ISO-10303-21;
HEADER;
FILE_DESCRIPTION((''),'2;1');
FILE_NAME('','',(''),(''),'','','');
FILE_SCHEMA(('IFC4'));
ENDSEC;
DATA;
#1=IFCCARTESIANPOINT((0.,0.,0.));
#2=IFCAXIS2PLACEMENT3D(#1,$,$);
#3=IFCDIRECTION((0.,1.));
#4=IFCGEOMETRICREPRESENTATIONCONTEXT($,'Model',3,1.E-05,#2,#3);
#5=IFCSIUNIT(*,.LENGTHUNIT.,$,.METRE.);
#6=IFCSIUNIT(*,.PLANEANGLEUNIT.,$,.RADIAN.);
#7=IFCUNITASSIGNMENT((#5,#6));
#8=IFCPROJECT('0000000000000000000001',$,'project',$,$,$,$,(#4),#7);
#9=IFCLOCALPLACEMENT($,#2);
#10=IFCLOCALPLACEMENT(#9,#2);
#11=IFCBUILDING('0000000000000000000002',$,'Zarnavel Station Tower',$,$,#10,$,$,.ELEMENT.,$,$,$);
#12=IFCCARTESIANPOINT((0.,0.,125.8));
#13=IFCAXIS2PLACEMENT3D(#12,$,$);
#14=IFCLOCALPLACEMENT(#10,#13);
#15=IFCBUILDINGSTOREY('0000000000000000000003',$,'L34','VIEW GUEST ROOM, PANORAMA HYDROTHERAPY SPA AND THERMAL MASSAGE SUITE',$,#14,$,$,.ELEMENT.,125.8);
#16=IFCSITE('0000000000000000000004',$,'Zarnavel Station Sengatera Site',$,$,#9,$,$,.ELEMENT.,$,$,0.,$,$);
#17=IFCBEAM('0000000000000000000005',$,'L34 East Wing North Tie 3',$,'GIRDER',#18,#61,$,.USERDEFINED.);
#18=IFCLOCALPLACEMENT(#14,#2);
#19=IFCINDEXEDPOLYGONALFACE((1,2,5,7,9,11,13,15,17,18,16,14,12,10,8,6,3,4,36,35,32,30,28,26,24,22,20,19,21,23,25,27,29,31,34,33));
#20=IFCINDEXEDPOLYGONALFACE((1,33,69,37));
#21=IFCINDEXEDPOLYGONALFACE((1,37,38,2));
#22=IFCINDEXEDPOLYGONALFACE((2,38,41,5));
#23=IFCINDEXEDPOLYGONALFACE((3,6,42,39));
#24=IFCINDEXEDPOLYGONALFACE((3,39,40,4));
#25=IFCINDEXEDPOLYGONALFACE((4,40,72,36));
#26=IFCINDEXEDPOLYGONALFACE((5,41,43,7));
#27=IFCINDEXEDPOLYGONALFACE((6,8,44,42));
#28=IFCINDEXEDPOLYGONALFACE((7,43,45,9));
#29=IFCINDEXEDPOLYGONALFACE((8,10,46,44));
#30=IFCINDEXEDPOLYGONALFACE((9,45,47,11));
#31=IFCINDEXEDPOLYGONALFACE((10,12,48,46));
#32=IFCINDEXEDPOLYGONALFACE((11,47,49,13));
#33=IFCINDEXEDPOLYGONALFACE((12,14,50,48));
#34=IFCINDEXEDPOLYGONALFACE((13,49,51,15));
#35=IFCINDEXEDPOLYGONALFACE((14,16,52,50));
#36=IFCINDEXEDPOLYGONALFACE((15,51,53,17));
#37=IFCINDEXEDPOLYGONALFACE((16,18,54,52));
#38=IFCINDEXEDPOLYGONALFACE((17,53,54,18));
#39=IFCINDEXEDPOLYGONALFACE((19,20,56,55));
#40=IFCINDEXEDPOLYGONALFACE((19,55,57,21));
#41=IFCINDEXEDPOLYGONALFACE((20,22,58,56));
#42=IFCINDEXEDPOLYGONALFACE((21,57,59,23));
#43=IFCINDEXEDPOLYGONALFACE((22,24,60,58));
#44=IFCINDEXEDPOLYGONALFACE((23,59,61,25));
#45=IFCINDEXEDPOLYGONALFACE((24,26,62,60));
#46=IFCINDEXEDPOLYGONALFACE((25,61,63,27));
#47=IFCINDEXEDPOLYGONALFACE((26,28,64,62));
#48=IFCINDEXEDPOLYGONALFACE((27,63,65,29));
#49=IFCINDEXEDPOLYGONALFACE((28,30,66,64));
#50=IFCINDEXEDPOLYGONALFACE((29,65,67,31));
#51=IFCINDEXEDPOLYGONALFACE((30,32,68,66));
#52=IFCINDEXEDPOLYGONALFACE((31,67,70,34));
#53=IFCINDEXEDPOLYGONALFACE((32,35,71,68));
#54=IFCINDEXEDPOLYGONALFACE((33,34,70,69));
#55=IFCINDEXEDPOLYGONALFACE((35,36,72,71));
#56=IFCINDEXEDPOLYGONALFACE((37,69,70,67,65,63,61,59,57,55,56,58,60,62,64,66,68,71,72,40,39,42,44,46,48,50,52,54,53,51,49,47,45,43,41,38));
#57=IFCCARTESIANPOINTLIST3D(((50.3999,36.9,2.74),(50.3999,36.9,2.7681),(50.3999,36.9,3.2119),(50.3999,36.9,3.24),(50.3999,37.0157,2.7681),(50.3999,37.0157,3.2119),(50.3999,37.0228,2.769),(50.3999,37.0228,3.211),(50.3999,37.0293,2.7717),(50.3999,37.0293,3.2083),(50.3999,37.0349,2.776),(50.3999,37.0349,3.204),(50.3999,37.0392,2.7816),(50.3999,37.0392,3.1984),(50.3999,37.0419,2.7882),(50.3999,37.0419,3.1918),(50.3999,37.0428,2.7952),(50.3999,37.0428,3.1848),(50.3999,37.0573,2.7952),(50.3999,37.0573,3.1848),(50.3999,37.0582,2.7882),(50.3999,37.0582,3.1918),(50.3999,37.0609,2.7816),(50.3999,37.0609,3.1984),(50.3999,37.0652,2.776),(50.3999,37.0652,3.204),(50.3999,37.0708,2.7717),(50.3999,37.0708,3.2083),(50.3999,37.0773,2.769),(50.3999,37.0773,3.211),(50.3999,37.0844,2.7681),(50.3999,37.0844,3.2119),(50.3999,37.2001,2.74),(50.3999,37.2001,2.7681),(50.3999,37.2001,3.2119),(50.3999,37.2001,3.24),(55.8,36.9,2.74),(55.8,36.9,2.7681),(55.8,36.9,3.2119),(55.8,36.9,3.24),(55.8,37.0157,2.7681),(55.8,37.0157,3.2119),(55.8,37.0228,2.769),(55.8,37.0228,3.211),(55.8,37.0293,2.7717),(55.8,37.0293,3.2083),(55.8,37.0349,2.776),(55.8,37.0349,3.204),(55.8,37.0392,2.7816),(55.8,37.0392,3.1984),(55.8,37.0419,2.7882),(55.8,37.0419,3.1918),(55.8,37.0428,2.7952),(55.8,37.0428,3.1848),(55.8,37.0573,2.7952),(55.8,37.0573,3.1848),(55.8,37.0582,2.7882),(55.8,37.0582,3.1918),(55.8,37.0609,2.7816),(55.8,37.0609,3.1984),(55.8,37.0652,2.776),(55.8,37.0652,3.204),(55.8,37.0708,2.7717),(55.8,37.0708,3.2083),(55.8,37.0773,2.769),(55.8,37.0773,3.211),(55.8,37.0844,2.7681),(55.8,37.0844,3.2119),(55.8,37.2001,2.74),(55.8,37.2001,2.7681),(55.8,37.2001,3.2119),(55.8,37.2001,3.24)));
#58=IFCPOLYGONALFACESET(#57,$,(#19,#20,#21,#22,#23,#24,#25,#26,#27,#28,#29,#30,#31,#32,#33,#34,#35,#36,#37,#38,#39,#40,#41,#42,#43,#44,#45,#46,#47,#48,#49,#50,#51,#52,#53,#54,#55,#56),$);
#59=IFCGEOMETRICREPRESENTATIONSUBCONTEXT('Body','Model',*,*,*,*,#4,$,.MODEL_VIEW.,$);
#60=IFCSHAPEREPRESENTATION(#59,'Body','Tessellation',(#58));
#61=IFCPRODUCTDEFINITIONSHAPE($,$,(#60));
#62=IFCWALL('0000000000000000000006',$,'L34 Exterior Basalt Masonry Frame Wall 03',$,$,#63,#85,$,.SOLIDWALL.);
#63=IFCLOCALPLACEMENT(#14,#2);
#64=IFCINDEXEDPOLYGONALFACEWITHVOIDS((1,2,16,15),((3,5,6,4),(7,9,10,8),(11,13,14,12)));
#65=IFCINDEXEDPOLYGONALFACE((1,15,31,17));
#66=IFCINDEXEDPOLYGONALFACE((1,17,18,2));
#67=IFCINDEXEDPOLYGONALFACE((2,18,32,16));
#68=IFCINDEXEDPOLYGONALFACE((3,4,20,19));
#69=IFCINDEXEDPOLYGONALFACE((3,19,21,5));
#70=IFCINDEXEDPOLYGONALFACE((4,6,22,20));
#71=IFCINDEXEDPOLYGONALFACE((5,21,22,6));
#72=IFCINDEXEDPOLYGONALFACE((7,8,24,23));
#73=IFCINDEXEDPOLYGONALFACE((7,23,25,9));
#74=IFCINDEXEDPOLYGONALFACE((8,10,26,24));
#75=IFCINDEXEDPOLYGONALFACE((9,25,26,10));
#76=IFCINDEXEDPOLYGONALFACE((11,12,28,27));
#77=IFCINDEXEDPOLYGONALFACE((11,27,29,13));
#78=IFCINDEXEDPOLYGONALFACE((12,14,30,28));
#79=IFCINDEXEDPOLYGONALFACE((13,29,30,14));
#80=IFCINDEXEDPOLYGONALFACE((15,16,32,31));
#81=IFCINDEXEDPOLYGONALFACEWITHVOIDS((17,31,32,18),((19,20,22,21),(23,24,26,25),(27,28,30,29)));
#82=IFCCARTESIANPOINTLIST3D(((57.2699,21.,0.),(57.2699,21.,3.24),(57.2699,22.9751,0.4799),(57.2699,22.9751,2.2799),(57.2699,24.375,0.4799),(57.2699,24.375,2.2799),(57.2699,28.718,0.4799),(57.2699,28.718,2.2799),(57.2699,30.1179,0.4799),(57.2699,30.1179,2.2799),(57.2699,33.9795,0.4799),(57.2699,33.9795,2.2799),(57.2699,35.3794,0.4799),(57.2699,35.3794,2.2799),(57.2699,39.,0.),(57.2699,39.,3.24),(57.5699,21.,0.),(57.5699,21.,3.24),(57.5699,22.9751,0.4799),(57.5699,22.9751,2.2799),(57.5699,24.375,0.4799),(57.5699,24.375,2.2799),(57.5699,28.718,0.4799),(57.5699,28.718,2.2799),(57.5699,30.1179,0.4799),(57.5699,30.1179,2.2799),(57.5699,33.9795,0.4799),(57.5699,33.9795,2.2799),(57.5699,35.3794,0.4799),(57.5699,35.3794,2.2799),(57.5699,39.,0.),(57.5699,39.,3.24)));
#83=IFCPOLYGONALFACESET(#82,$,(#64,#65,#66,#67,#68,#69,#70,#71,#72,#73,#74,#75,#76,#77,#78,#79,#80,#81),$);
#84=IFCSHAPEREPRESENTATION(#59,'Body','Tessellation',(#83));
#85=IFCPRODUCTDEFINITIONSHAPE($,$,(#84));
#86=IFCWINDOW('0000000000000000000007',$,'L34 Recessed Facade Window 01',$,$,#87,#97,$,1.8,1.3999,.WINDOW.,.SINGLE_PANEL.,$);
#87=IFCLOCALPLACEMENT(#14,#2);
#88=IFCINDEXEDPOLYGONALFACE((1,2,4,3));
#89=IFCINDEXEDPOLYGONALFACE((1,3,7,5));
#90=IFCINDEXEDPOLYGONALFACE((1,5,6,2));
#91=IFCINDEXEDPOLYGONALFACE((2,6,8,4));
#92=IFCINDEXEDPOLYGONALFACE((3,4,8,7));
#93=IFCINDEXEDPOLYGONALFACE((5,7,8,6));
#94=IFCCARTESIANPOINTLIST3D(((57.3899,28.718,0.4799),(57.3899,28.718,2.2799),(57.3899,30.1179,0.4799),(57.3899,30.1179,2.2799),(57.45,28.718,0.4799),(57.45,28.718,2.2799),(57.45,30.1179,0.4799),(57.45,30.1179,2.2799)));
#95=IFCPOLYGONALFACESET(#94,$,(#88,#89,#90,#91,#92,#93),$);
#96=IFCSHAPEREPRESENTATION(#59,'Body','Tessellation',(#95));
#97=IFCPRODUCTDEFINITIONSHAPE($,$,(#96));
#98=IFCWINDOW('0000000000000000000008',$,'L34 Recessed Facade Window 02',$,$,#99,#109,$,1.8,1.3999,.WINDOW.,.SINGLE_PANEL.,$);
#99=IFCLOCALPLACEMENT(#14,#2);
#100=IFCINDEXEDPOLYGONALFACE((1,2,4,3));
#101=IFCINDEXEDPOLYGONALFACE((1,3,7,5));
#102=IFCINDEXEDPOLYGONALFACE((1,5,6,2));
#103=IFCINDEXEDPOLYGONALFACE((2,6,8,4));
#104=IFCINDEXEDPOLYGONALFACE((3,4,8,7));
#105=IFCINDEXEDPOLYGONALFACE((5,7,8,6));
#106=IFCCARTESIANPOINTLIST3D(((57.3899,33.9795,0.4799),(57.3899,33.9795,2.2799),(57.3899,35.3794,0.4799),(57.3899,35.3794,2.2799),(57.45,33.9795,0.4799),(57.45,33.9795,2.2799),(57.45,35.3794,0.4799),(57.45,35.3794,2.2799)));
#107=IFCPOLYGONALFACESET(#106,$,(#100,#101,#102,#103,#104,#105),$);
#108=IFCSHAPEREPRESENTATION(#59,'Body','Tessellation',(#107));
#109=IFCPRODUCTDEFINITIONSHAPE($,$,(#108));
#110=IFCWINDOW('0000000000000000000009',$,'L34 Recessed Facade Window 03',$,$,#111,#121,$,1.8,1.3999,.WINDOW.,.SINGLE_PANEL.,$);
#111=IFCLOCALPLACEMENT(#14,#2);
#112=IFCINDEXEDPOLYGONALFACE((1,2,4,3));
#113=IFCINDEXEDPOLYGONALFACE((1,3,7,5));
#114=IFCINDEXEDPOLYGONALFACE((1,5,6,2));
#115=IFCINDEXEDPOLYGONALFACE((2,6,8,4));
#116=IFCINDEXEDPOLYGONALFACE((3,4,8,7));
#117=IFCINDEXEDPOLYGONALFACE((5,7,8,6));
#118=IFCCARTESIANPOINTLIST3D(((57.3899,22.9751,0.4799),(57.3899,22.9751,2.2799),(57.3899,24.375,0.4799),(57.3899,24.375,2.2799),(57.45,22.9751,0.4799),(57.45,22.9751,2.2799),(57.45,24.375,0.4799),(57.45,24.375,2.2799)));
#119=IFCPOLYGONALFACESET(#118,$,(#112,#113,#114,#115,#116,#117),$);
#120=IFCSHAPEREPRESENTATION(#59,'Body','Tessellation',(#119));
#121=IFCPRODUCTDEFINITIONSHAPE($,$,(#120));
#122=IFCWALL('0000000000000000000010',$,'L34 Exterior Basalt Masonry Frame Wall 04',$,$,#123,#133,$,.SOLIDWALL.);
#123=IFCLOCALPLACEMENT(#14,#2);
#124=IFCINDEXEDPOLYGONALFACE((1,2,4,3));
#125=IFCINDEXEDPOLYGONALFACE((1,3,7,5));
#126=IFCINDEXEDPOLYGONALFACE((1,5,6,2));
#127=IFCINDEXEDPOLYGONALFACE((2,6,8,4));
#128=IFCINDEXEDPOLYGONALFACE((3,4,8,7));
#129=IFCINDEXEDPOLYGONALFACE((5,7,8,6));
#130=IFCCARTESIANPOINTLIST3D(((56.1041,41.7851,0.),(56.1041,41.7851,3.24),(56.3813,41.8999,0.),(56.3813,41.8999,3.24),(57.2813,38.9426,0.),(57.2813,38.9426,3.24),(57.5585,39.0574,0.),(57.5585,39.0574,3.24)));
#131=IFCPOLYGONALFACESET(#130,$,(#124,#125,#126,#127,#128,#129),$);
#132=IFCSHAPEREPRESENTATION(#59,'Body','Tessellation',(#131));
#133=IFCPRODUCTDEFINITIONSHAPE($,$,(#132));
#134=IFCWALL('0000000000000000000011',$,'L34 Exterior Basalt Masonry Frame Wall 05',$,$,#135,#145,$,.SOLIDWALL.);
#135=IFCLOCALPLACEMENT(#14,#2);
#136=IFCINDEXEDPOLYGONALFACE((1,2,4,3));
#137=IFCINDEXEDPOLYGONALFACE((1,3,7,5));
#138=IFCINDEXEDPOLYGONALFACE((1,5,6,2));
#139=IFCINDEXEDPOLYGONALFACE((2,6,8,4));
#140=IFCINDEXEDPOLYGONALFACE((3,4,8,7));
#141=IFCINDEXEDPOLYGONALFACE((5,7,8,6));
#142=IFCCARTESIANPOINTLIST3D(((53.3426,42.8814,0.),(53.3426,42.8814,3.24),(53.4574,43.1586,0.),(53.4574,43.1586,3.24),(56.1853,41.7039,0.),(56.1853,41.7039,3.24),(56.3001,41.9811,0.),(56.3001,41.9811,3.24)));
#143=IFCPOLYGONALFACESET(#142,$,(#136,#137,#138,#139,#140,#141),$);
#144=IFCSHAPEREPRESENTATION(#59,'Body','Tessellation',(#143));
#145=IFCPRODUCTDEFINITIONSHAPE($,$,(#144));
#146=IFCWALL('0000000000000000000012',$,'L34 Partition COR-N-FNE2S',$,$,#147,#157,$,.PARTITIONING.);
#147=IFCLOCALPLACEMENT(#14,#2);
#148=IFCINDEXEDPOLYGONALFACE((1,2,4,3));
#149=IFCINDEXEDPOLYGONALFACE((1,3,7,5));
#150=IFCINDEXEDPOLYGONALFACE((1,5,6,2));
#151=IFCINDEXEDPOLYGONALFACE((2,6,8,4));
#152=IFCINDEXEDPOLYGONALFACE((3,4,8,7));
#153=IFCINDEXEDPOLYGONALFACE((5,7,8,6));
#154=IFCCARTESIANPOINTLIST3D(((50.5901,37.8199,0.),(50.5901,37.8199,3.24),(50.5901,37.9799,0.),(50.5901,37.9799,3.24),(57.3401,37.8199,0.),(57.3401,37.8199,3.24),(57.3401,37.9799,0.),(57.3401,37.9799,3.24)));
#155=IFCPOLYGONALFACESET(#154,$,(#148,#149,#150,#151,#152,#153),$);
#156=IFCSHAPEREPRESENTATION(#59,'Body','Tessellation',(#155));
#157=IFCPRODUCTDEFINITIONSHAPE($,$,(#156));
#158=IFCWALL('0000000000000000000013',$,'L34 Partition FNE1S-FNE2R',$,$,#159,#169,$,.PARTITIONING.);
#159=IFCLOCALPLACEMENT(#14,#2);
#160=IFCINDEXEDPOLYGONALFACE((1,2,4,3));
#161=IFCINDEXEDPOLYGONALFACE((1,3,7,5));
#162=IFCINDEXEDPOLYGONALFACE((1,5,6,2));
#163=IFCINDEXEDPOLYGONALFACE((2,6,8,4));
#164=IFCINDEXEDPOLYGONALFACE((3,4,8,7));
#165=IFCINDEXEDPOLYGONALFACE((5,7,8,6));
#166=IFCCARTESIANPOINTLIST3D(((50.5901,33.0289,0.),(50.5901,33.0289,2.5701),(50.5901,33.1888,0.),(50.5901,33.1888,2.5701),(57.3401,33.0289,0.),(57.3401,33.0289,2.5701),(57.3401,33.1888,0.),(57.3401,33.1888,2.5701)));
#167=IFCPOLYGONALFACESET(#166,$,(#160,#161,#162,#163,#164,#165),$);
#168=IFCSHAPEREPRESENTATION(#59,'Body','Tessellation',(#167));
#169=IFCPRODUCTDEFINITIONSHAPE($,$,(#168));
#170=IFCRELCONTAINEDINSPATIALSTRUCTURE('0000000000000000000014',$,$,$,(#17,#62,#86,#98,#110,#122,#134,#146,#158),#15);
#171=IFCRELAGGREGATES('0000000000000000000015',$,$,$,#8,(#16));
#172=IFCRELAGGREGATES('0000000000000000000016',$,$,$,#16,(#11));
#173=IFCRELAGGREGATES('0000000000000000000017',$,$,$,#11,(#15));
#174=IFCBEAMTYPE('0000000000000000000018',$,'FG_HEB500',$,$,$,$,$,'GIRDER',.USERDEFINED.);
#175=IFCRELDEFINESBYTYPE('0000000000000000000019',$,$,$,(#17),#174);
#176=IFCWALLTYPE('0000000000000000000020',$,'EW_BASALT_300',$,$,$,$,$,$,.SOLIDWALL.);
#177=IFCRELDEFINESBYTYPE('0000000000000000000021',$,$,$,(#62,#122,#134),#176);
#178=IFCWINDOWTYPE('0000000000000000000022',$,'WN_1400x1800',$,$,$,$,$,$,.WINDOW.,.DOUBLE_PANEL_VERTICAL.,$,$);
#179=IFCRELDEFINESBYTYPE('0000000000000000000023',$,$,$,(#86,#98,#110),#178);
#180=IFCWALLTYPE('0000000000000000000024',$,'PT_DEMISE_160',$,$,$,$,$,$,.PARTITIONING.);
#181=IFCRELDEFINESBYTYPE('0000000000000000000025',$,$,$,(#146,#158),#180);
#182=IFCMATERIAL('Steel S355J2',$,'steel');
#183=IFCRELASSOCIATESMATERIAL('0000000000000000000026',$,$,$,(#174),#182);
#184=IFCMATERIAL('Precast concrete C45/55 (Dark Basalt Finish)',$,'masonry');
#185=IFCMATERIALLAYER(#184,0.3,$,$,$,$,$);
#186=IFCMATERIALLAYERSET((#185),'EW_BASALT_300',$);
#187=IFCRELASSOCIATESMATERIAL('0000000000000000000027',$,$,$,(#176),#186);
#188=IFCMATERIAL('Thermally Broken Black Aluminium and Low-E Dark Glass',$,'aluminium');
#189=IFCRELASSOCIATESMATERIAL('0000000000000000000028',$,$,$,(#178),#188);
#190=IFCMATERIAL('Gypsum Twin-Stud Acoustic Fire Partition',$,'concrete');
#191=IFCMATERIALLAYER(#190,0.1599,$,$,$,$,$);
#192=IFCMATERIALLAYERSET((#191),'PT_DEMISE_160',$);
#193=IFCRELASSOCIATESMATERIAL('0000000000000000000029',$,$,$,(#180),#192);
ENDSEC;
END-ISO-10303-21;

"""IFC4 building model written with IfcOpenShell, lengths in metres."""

from ifc_helpers import new_model, si_unit, direction, frame, frame_2d, origin, origin_2d, place, context, subcontext, project, spatial, rectangle, i_section, extrude, material, layer, layer_set, material_profile, profile_set, type_object, element, fill, save


model = new_model("IFC4")

# Units and contexts
model_context = context("Model", 3, precision=1e-05, world=origin(), true_north=direction((0.0, 1.0)))
body_context = subcontext(model_context, "Body", "Model", "MODEL_VIEW")
ifc_project = project(units=[si_unit("LENGTHUNIT", "METRE"), si_unit("PLANEANGLEUNIT", "RADIAN")], contexts=[model_context])

# Site, building, storey
site_placement = place(None, origin())
site = spatial("IfcSite", under=ifc_project, at=site_placement, Name="Zarnavel Station Sengatera Site", CompositionType="ELEMENT", RefElevation=0.0)
building_placement = place(site_placement, origin())
building = spatial("IfcBuilding", under=site, at=building_placement, Name="Zarnavel Station Tower", CompositionType="ELEMENT")
storey_placement = place(building_placement, frame((0.0, 0.0, 125.8)))
storey = spatial("IfcBuildingStorey", under=building, at=storey_placement, Name="L34", Description="VIEW GUEST ROOM, PANORAMA HYDROTHERAPY SPA AND THERMAL MASSAGE SUITE", CompositionType="ELEMENT", Elevation=125.8)

# Beam
ifc_material_1 = material(Name="Steel S355J2", Category="steel")
ifc_material_profile_1 = material_profile(ifc_material_1, i_section(OverallWidth=0.3, OverallDepth=0.5, WebThickness=0.0144, FlangeThickness=0.0281, FilletRadius=0.0271, at=origin_2d()), Name="HEB500")
ifc_profile_set_1 = profile_set([ifc_material_profile_1], Name="Steel S355J2")
beam_type = type_object("IfcBeamType", Name="FG_HEB500", ElementType="GIRDER", PredefinedType="USERDEFINED", material=ifc_profile_set_1)
beam_1_placement = place(storey_placement, frame((50.3999, 37.05, 2.99), z_axis=(1.0, 0.0, 0.0), x_axis=(0.0, 1.0, 0.0)))
element("IfcBeam", 1, at=beam_1_placement, inside=storey, type_object=beam_type, Name="L34 East Wing North Tie 3", ObjectType="GIRDER", PredefinedType="USERDEFINED", context=body_context, shape_type="SweptSolid", body=[
    extrude(i_section(OverallWidth=0.3, OverallDepth=0.5, WebThickness=0.0144, FlangeThickness=0.0281, FilletRadius=0.0271, at=origin_2d()), origin(), (0.0, 0.0, 1.0), 5.4001),
])

# Wall, openings, windows
ifc_material_2 = material(Name="Precast concrete C45/55 (Dark Basalt Finish)", Category="masonry")
ifc_layer_1 = layer(ifc_material_2, 0.3)
ifc_layer_set_1 = layer_set([ifc_layer_1], Name="EW_BASALT_300")
wall_type_1 = type_object("IfcWallType", Name="EW_BASALT_300", PredefinedType="SOLIDWALL", material=ifc_layer_set_1)
wall_1_placement = place(storey_placement, frame((57.4199, 39.0, 0.0), z_axis=(0.0, 0.0, 1.0), x_axis=(0.0, -1.0, 0.0)))
wall_1 = element("IfcWall", 2, at=wall_1_placement, inside=storey, type_object=wall_type_1, Name="L34 Exterior Basalt Masonry Frame Wall 03", PredefinedType="SOLIDWALL", context=body_context, shape_type="SweptSolid", body=[
    extrude(rectangle(XDim=18.0, YDim=0.3, at=frame_2d((9.0, 0.0))), origin(), (0.0, 0.0, 1.0), 3.24),
])
opening_1_placement = place(wall_1_placement, frame((8.8821, 0.0, 0.48)))
opening_1 = element("IfcOpeningElement", 3, at=opening_1_placement, cuts=wall_1, PredefinedType="OPENING", context=body_context, shape_type="SweptSolid", body=[
    extrude(rectangle(XDim=1.3999, YDim=1.8, at=frame_2d((0.7, 0.8999))), frame((0.0, 0.1599, 0.0), z_axis=(0.0, -1.0, 0.0), x_axis=(1.0, 0.0, 0.0)), (0.0, 0.0, 1.0), 0.3201),
])
opening_2_placement = place(wall_1_placement, frame((3.6206, 0.0, 0.48)))
opening_2 = element("IfcOpeningElement", 4, at=opening_2_placement, cuts=wall_1, PredefinedType="OPENING", context=body_context, shape_type="SweptSolid", body=[
    extrude(rectangle(XDim=1.3999, YDim=1.8, at=frame_2d((0.7, 0.8999))), frame((0.0, 0.1599, 0.0), z_axis=(0.0, -1.0, 0.0), x_axis=(1.0, 0.0, 0.0)), (0.0, 0.0, 1.0), 0.3201),
])
opening_3_placement = place(wall_1_placement, frame((14.625, 0.0, 0.48)))
opening_3 = element("IfcOpeningElement", 5, at=opening_3_placement, cuts=wall_1, PredefinedType="OPENING", context=body_context, shape_type="SweptSolid", body=[
    extrude(rectangle(XDim=1.3999, YDim=1.8, at=frame_2d((0.7, 0.8999))), frame((0.0, 0.1599, 0.0), z_axis=(0.0, -1.0, 0.0), x_axis=(1.0, 0.0, 0.0)), (0.0, 0.0, 1.0), 0.3201),
])
ifc_material_3 = material(Name="Thermally Broken Black Aluminium and Low-E Dark Glass", Category="aluminium")
window_type = type_object("IfcWindowType", Name="WN_1400x1800", PartitioningType="DOUBLE_PANEL_VERTICAL", PredefinedType="WINDOW", material=ifc_material_3)
window_1_placement = place(opening_1_placement, origin())
window_1 = element("IfcWindow", 6, at=window_1_placement, inside=storey, type_object=window_type, Name="L34 Recessed Facade Window 01", OverallHeight=1.8, OverallWidth=1.3999, PartitioningType="SINGLE_PANEL", PredefinedType="WINDOW", context=body_context, shape_type="SweptSolid", body=[
    extrude(rectangle(XDim=1.3999, YDim=1.8, at=frame_2d((0.7, 0.8999))), frame((0.0, 0.03, 0.0), z_axis=(0.0, -1.0, 0.0), x_axis=(1.0, 0.0, 0.0)), (0.0, 0.0, 1.0), 0.0601),
])
fill(opening_1, window_1)
window_2_placement = place(opening_2_placement, origin())
window_2 = element("IfcWindow", 7, at=window_2_placement, inside=storey, type_object=window_type, Name="L34 Recessed Facade Window 02", OverallHeight=1.8, OverallWidth=1.3999, PartitioningType="SINGLE_PANEL", PredefinedType="WINDOW", context=body_context, shape_type="SweptSolid", body=[
    extrude(rectangle(XDim=1.3999, YDim=1.8, at=frame_2d((0.7, 0.8999))), frame((0.0, 0.03, 0.0), z_axis=(0.0, -1.0, 0.0), x_axis=(1.0, 0.0, 0.0)), (0.0, 0.0, 1.0), 0.0601),
])
fill(opening_2, window_2)
window_3_placement = place(opening_3_placement, origin())
window_3 = element("IfcWindow", 8, at=window_3_placement, inside=storey, type_object=window_type, Name="L34 Recessed Facade Window 03", OverallHeight=1.8, OverallWidth=1.3999, PartitioningType="SINGLE_PANEL", PredefinedType="WINDOW", context=body_context, shape_type="SweptSolid", body=[
    extrude(rectangle(XDim=1.3999, YDim=1.8, at=frame_2d((0.7, 0.8999))), frame((0.0, 0.03, 0.0), z_axis=(0.0, -1.0, 0.0), x_axis=(1.0, 0.0, 0.0)), (0.0, 0.0, 1.0), 0.0601),
])
fill(opening_3, window_3)

# Walls
wall_2_placement = place(storey_placement, frame((56.2427, 41.8425, 0.0), z_axis=(0.0, 0.0, 1.0), x_axis=(0.382637, -0.923899, 0.0)))
element("IfcWall", 9, at=wall_2_placement, inside=storey, type_object=wall_type_1, Name="L34 Exterior Basalt Masonry Frame Wall 04", PredefinedType="SOLIDWALL", context=body_context, shape_type="SweptSolid", body=[
    extrude(rectangle(XDim=3.0767, YDim=0.3, at=frame_2d((1.5383, 0.0))), origin(), (0.0, 0.0, 1.0), 3.24),
])
wall_3_placement = place(storey_placement, frame((53.3999, 43.02, 0.0), z_axis=(0.0, 0.0, 1.0), x_axis=(0.923882, -0.382676, 0.0)))
element("IfcWall", 10, at=wall_3_placement, inside=storey, type_object=wall_type_1, Name="L34 Exterior Basalt Masonry Frame Wall 05", PredefinedType="SOLIDWALL", context=body_context, shape_type="SweptSolid", body=[
    extrude(rectangle(XDim=3.0769, YDim=0.3, at=frame_2d((1.5386, 0.0))), origin(), (0.0, 0.0, 1.0), 3.24),
])
ifc_material_4 = material(Name="Gypsum Twin-Stud Acoustic Fire Partition", Category="concrete")
ifc_layer_2 = layer(ifc_material_4, 0.1599)
ifc_layer_set_2 = layer_set([ifc_layer_2], Name="PT_DEMISE_160")
wall_type_2 = type_object("IfcWallType", Name="PT_DEMISE_160", PredefinedType="PARTITIONING", material=ifc_layer_set_2)
wall_4_placement = place(storey_placement, frame((50.5901, 37.8999, 0.0), z_axis=(0.0, 0.0, 1.0), x_axis=(1.0, 0.0, 0.0)))
element("IfcWall", 11, at=wall_4_placement, inside=storey, type_object=wall_type_2, Name="L34 Partition COR-N-FNE2S", PredefinedType="PARTITIONING", context=body_context, shape_type="SweptSolid", body=[
    extrude(rectangle(XDim=6.75, YDim=0.1599, at=frame_2d((3.375, 0.0))), origin(), (0.0, 0.0, 1.0), 3.24),
])
wall_5_placement = place(storey_placement, frame((50.5901, 33.1089, 0.0), z_axis=(0.0, 0.0, 1.0), x_axis=(1.0, 0.0, 0.0)))
element("IfcWall", 12, at=wall_5_placement, inside=storey, type_object=wall_type_2, Name="L34 Partition FNE1S-FNE2R", PredefinedType="PARTITIONING", context=body_context, shape_type="SweptSolid", body=[
    extrude(rectangle(XDim=6.75, YDim=0.1599, at=frame_2d((3.375, 0.0))), origin(), (0.0, 0.0, 1.0), 2.5701),
])

save(model, "model.ifc")
